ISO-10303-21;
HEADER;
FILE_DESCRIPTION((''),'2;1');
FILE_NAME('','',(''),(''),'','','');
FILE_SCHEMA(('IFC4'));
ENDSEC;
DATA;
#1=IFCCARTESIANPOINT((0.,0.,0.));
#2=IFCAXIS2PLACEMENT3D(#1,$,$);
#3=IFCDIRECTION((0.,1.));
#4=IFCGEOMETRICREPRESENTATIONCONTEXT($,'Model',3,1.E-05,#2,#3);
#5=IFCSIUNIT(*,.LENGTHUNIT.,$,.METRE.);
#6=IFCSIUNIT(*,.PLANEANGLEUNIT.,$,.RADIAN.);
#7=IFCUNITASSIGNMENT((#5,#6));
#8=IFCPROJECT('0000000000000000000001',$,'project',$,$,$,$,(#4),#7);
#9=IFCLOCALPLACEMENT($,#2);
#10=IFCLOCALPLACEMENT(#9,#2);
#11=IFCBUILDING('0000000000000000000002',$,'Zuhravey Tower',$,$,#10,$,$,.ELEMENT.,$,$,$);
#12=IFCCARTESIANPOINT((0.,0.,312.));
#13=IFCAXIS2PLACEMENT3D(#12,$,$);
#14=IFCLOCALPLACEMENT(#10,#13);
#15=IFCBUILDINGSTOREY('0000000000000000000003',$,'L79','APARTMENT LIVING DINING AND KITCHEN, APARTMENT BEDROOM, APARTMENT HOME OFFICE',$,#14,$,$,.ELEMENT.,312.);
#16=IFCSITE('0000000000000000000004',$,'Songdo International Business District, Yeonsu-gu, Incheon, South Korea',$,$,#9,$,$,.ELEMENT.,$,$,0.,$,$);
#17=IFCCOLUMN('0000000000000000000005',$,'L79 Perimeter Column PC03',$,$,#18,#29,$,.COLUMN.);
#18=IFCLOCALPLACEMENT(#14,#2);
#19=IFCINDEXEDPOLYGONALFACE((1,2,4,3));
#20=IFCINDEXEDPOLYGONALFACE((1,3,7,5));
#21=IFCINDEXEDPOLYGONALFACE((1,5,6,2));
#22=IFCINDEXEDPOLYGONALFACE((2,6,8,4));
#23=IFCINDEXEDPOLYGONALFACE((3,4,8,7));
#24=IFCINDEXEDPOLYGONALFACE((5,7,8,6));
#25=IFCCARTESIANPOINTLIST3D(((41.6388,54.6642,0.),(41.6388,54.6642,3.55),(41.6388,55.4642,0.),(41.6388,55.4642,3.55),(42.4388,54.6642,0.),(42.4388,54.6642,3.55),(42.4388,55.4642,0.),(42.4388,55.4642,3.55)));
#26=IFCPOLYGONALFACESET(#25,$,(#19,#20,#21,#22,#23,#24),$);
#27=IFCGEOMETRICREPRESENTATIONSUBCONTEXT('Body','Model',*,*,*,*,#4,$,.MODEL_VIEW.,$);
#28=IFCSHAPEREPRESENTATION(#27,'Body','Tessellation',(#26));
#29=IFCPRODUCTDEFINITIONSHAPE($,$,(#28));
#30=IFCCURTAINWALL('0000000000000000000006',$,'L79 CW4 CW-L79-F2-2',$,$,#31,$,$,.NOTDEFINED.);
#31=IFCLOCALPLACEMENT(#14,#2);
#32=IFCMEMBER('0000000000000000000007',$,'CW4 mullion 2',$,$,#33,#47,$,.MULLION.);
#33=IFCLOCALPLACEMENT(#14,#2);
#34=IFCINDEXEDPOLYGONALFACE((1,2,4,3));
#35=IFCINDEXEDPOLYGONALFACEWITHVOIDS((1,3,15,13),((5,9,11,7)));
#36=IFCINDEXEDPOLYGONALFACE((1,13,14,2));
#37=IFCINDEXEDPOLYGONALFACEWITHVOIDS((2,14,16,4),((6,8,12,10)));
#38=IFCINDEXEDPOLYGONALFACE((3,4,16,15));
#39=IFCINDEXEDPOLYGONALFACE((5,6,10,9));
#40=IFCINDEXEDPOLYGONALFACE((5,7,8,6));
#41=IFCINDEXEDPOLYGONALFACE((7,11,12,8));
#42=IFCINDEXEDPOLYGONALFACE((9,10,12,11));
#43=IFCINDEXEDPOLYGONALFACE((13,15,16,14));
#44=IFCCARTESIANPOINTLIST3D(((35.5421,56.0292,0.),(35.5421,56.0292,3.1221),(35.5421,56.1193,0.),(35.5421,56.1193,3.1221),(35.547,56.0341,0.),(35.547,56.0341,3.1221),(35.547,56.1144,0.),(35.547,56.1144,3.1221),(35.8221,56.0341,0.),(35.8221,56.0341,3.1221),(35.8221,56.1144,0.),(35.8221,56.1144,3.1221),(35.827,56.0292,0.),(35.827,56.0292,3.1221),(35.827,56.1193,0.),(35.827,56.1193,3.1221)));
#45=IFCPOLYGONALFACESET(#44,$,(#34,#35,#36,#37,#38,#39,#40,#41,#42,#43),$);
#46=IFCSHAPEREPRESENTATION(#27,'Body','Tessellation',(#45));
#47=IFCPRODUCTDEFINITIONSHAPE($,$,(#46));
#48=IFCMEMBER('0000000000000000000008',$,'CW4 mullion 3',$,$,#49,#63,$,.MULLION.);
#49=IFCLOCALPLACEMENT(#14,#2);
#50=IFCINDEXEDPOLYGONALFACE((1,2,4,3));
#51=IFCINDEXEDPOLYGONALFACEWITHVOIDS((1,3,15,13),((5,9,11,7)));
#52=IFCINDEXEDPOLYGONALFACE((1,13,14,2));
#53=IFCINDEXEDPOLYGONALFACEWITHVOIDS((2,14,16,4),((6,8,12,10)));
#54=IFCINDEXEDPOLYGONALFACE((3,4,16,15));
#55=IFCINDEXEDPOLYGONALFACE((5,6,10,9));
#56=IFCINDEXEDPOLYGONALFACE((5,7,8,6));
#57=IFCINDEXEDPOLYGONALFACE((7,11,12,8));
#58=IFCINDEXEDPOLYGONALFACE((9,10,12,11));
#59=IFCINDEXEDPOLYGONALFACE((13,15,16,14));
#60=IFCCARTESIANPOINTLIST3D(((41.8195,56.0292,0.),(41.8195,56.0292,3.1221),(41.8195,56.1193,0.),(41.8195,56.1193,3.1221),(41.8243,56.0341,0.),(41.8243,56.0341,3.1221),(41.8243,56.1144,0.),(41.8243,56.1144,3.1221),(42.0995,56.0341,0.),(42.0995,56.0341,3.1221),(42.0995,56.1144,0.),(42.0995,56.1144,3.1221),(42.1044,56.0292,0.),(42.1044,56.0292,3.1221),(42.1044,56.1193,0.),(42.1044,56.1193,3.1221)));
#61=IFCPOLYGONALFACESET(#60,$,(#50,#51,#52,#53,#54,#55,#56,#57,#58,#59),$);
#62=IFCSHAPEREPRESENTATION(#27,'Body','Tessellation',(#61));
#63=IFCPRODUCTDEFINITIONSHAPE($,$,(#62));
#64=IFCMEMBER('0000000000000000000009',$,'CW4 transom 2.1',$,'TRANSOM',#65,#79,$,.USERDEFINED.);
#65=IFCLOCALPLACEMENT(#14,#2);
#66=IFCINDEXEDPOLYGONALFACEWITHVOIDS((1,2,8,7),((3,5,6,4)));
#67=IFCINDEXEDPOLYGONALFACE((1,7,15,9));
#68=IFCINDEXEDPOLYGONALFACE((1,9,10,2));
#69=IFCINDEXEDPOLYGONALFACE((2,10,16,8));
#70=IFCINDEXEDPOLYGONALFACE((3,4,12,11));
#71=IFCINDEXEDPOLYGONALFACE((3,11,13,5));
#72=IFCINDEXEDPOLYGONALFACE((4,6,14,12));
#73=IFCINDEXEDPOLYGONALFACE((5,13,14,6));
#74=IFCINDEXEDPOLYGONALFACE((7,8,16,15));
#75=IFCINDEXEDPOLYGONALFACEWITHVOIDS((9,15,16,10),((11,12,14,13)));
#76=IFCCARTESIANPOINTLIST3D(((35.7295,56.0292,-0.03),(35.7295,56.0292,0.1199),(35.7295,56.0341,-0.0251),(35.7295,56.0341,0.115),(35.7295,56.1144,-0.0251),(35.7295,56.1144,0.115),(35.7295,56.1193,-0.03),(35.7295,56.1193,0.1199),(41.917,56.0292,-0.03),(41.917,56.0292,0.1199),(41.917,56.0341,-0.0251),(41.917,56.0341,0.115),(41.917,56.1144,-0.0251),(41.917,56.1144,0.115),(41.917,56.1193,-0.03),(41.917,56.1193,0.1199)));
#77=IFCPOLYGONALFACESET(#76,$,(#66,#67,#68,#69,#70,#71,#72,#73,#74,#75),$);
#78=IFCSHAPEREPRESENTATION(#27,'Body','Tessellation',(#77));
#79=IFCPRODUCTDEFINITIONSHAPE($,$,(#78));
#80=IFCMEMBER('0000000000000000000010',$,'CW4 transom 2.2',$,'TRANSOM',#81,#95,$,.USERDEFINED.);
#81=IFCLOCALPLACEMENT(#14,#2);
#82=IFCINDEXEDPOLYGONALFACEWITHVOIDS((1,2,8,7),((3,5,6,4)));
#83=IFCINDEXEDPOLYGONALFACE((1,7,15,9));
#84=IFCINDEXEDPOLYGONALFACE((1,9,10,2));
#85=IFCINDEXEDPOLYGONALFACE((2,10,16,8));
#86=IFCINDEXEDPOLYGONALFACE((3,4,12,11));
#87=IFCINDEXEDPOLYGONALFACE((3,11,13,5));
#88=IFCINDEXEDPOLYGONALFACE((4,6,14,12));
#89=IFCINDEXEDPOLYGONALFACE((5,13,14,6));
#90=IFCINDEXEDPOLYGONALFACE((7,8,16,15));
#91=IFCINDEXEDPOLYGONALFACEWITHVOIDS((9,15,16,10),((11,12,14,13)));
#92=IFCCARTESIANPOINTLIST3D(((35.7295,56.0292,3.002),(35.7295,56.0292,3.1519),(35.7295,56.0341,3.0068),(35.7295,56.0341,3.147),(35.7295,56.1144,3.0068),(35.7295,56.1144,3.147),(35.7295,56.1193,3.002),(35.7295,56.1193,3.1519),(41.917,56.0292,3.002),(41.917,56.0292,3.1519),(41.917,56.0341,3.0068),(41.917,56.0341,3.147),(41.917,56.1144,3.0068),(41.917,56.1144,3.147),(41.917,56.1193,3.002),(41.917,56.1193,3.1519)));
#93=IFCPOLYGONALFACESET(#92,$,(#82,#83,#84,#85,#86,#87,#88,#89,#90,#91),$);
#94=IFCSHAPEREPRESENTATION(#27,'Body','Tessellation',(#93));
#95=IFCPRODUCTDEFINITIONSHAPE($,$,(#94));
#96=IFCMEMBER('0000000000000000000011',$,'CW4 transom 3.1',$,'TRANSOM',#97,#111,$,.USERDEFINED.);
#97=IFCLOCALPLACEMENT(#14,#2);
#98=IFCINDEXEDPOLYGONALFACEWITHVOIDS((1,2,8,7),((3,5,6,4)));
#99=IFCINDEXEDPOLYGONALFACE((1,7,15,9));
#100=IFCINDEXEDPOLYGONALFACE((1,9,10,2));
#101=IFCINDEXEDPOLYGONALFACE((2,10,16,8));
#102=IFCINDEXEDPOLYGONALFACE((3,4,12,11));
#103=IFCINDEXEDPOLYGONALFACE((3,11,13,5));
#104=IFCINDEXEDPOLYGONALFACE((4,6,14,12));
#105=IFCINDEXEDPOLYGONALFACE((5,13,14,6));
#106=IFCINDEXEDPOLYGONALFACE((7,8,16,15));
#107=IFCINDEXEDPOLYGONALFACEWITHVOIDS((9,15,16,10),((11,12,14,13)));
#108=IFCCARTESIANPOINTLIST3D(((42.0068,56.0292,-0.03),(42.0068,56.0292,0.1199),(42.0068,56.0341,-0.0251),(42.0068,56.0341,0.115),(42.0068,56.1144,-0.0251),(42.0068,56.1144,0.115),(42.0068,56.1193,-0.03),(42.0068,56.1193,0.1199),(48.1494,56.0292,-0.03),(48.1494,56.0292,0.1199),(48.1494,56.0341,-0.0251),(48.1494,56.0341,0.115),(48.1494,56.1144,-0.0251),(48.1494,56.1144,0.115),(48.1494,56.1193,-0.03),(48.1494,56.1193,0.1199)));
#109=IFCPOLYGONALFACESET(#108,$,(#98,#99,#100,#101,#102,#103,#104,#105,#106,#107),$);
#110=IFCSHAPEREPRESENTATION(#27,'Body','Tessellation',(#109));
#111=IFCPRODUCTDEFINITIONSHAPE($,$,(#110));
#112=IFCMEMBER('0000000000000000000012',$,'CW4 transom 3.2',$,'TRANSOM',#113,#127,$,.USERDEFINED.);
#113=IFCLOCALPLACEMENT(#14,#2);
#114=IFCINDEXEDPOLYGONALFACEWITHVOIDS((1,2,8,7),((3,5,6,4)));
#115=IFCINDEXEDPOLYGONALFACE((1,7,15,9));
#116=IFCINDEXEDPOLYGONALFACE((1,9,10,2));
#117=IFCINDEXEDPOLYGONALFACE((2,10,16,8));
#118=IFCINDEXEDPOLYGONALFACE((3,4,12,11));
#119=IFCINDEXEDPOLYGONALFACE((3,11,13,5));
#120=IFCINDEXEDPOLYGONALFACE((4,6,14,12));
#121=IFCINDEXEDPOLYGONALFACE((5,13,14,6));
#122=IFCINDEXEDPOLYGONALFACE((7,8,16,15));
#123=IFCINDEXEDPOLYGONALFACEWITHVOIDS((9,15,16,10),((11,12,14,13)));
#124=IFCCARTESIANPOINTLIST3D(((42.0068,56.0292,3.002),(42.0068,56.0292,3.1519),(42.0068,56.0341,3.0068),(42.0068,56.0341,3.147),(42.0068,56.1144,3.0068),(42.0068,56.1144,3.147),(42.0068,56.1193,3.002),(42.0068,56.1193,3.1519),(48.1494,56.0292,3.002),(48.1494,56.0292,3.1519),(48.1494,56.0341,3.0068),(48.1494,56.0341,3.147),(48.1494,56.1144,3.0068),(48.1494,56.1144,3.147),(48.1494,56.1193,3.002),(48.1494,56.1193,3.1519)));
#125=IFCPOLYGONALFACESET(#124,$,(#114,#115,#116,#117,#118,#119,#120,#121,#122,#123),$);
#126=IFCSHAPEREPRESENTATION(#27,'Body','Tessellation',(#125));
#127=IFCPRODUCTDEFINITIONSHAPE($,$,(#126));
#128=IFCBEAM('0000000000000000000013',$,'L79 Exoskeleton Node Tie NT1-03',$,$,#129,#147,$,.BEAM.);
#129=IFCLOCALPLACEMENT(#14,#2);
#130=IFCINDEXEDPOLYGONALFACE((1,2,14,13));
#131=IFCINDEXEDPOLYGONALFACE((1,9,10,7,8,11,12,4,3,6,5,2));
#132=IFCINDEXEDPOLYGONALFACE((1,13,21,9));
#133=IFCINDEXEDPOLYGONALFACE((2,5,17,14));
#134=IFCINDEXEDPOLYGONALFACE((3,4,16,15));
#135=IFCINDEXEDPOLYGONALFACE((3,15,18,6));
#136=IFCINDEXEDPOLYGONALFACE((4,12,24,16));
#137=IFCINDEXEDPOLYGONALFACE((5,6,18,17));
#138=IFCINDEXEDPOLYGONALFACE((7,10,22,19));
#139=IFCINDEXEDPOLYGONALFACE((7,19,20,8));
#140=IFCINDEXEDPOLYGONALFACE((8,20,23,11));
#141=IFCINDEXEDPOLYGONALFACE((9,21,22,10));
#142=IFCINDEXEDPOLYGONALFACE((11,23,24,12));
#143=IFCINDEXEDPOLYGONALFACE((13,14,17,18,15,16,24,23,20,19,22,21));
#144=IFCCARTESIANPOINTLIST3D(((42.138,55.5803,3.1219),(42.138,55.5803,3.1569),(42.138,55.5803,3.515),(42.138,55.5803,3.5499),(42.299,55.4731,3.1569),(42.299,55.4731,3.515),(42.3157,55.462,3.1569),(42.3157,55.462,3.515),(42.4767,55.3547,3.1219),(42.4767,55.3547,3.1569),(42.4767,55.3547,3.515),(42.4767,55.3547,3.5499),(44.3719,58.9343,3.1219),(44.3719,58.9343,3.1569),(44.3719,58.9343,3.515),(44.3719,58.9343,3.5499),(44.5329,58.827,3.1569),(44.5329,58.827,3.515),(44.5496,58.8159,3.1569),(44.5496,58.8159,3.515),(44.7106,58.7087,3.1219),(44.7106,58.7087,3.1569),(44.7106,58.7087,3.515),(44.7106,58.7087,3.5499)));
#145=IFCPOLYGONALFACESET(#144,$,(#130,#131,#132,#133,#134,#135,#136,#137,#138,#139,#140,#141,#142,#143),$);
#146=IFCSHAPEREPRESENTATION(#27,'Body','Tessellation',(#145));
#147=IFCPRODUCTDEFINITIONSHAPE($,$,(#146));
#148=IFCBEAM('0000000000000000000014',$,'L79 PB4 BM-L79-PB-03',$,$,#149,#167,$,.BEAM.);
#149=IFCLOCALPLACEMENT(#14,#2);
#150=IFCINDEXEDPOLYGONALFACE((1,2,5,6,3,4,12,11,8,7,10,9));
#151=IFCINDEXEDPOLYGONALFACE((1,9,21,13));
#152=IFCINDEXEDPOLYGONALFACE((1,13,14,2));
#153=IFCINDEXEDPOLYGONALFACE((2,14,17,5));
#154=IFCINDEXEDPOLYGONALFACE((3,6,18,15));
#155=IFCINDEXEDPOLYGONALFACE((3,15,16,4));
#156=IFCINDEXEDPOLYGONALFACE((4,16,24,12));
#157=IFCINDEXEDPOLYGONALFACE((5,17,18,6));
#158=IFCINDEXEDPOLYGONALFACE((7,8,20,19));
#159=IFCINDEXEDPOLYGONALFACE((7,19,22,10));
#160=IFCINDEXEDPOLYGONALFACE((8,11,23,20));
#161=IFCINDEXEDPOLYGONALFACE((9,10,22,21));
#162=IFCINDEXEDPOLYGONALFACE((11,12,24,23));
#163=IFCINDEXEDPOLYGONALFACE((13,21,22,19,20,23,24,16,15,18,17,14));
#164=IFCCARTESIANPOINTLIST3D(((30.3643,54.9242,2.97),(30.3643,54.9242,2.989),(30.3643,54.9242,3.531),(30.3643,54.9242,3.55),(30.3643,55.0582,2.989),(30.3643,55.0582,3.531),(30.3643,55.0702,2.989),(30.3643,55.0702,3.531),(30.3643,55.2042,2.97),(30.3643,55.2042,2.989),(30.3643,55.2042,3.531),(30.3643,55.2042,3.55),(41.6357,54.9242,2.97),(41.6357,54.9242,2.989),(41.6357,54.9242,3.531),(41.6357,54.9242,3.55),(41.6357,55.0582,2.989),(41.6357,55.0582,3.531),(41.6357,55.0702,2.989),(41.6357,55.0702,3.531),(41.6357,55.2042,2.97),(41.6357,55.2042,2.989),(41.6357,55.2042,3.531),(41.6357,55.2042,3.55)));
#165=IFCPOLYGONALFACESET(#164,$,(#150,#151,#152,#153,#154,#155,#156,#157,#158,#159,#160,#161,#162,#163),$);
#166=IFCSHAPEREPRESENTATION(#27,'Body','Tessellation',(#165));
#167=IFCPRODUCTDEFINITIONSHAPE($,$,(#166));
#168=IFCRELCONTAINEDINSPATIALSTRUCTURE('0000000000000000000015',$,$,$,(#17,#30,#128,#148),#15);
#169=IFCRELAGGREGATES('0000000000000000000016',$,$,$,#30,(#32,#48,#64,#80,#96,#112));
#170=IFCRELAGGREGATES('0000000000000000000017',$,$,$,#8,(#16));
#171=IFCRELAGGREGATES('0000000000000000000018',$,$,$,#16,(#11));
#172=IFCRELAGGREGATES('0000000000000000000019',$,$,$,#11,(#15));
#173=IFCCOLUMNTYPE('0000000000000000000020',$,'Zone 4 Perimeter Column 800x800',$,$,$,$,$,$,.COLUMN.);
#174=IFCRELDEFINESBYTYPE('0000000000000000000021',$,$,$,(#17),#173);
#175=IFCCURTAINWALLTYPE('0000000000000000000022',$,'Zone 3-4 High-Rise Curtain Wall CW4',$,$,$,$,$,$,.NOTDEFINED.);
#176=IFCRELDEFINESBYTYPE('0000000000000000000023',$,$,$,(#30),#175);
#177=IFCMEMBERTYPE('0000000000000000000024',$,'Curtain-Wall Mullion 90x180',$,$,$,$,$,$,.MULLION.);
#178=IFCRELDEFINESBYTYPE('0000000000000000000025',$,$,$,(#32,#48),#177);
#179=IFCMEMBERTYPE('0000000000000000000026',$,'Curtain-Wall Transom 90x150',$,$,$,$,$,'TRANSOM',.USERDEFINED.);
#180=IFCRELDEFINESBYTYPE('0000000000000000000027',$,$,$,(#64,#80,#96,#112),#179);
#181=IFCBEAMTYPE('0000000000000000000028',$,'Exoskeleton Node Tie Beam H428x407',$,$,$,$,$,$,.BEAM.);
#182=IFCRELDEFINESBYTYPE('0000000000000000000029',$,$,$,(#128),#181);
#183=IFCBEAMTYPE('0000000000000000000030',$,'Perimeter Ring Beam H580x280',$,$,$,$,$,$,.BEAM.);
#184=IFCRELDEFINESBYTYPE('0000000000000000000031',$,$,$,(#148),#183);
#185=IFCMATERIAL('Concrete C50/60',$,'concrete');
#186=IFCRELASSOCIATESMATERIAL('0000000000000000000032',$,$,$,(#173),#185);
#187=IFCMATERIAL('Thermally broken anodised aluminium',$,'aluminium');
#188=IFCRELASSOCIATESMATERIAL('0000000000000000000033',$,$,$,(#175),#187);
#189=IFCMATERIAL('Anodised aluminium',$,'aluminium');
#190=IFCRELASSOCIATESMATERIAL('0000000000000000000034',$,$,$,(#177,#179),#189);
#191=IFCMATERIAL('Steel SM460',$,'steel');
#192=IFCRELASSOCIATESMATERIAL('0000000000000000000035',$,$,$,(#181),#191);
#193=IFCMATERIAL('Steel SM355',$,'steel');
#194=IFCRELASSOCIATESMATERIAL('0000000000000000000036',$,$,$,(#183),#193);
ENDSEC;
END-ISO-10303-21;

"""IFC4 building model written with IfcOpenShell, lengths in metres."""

from ifc_helpers import new_model, si_unit, direction, frame, origin, origin_2d, place, context, subcontext, project, spatial, rectangle, hollow_rectangle, i_section, extrude, material, material_profile, profile_set, type_object, element, aggregate, save


model = new_model("IFC4")

# Units and contexts
model_context = context("Model", 3, precision=1e-05, world=origin(), true_north=direction((0.0, 1.0)))
body_context = subcontext(model_context, "Body", "Model", "MODEL_VIEW")
ifc_project = project(units=[si_unit("LENGTHUNIT", "METRE"), si_unit("PLANEANGLEUNIT", "RADIAN")], contexts=[model_context])

# Site, building, storey
site_placement = place(None, origin())
site = spatial("IfcSite", under=ifc_project, at=site_placement, Name="Songdo International Business District, Yeonsu-gu, Incheon, South Korea", CompositionType="ELEMENT", RefElevation=0.0)
building_placement = place(site_placement, origin())
building = spatial("IfcBuilding", under=site, at=building_placement, Name="Zuhravey Tower", CompositionType="ELEMENT")
storey_placement = place(building_placement, frame((0.0, 0.0, 312.0)))
storey = spatial("IfcBuildingStorey", under=building, at=storey_placement, Name="L79", Description="APARTMENT LIVING DINING AND KITCHEN, APARTMENT BEDROOM, APARTMENT HOME OFFICE", CompositionType="ELEMENT", Elevation=312.0)

# Column
ifc_material_1 = material(Name="Concrete C50/60", Category="concrete")
ifc_material_profile_1 = material_profile(ifc_material_1, rectangle(XDim=0.8, YDim=0.8, at=origin_2d()), Name="RC-800x800")
ifc_profile_set_1 = profile_set([ifc_material_profile_1], Name="Concrete C50/60")
column_type = type_object("IfcColumnType", Name="Zone 4 Perimeter Column 800x800", PredefinedType="COLUMN", material=ifc_profile_set_1)
column_placement = place(storey_placement, frame((42.0388, 55.0642, 0.0), z_axis=(0.0, 0.0, 1.0), x_axis=(-1.0, 0.0, 0.0)))
element("IfcColumn", 1, at=column_placement, inside=storey, type_object=column_type, Name="L79 Perimeter Column PC03", PredefinedType="COLUMN", context=body_context, shape_type="SweptSolid", body=[
    extrude(rectangle(XDim=0.8, YDim=0.8, at=origin_2d()), origin(), (0.0, 0.0, 1.0), 3.55),
])

# Curtain wall, members
ifc_material_2 = material(Name="Thermally broken anodised aluminium", Category="aluminium")
curtain_wall_type = type_object("IfcCurtainWallType", Name="Zone 3-4 High-Rise Curtain Wall CW4", PredefinedType="NOTDEFINED", material=ifc_material_2)
curtain_wall_placement = place(storey_placement, origin())
curtain_wall = element("IfcCurtainWall", 2, at=curtain_wall_placement, inside=storey, type_object=curtain_wall_type, Name="L79 CW4 CW-L79-F2-2", PredefinedType="NOTDEFINED")
ifc_material_3 = material(Name="Anodised aluminium", Category="aluminium")
ifc_material_profile_2 = material_profile(ifc_material_3, hollow_rectangle(XDim=0.0901, YDim=0.2849, WallThickness=0.0049, at=origin_2d()), Name="ALU-RHS-90x285x5")
ifc_profile_set_2 = profile_set([ifc_material_profile_2], Name="Anodised aluminium")
member_type_1 = type_object("IfcMemberType", Name="Curtain-Wall Mullion 90x180", PredefinedType="MULLION", material=ifc_profile_set_2)
member_1_placement = place(storey_placement, frame((35.6846, 56.0742, 0.0), z_axis=(0.0, 0.0, 1.0), x_axis=(0.0, 1.0, 0.0)))
member_1 = element("IfcMember", 3, at=member_1_placement, type_object=member_type_1, Name="CW4 mullion 2", PredefinedType="MULLION", context=body_context, shape_type="SweptSolid", body=[
    extrude(hollow_rectangle(XDim=0.0901, YDim=0.2849, WallThickness=0.0049, at=origin_2d()), origin(), (0.0, 0.0, 1.0), 3.1221),
])
member_2_placement = place(storey_placement, frame((41.9619, 56.0742, 0.0), z_axis=(0.0, 0.0, 1.0), x_axis=(0.0, 1.0, 0.0)))
member_2 = element("IfcMember", 4, at=member_2_placement, type_object=member_type_1, Name="CW4 mullion 3", PredefinedType="MULLION", context=body_context, shape_type="SweptSolid", body=[
    extrude(hollow_rectangle(XDim=0.0901, YDim=0.2849, WallThickness=0.0049, at=origin_2d()), origin(), (0.0, 0.0, 1.0), 3.1221),
])
ifc_material_profile_3 = material_profile(ifc_material_3, hollow_rectangle(XDim=0.0901, YDim=0.1499, WallThickness=0.0049, at=origin_2d()), Name="ALU-RHS-90x150x5")
ifc_profile_set_3 = profile_set([ifc_material_profile_3], Name="Anodised aluminium")
member_type_2 = type_object("IfcMemberType", Name="Curtain-Wall Transom 90x150", ElementType="TRANSOM", PredefinedType="USERDEFINED", material=ifc_profile_set_3)
member_3_placement = place(storey_placement, frame((35.7295, 56.0742, 0.0449), z_axis=(1.0, 0.0, 0.0), x_axis=(0.0, 1.0, 0.0)))
member_3 = element("IfcMember", 5, at=member_3_placement, type_object=member_type_2, Name="CW4 transom 2.1", ObjectType="TRANSOM", PredefinedType="USERDEFINED", context=body_context, shape_type="SweptSolid", body=[
    extrude(hollow_rectangle(XDim=0.0901, YDim=0.1499, WallThickness=0.0049, at=origin_2d()), origin(), (0.0, 0.0, 1.0), 6.1875),
])
member_4_placement = place(storey_placement, frame((35.7295, 56.0742, 3.0769), z_axis=(1.0, 0.0, 0.0), x_axis=(0.0, 1.0, 0.0)))
member_4 = element("IfcMember", 6, at=member_4_placement, type_object=member_type_2, Name="CW4 transom 2.2", ObjectType="TRANSOM", PredefinedType="USERDEFINED", context=body_context, shape_type="SweptSolid", body=[
    extrude(hollow_rectangle(XDim=0.0901, YDim=0.1499, WallThickness=0.0049, at=origin_2d()), origin(), (0.0, 0.0, 1.0), 6.1875),
])
member_5_placement = place(storey_placement, frame((42.0068, 56.0742, 0.0449), z_axis=(1.0, 0.0, 0.0), x_axis=(0.0, 1.0, 0.0)))
member_5 = element("IfcMember", 7, at=member_5_placement, type_object=member_type_2, Name="CW4 transom 3.1", ObjectType="TRANSOM", PredefinedType="USERDEFINED", context=body_context, shape_type="SweptSolid", body=[
    extrude(hollow_rectangle(XDim=0.0901, YDim=0.1499, WallThickness=0.0049, at=origin_2d()), origin(), (0.0, 0.0, 1.0), 6.1426),
])
member_6_placement = place(storey_placement, frame((42.0068, 56.0742, 3.0769), z_axis=(1.0, 0.0, 0.0), x_axis=(0.0, 1.0, 0.0)))
member_6 = element("IfcMember", 8, at=member_6_placement, type_object=member_type_2, Name="CW4 transom 3.2", ObjectType="TRANSOM", PredefinedType="USERDEFINED", context=body_context, shape_type="SweptSolid", body=[
    extrude(hollow_rectangle(XDim=0.0901, YDim=0.1499, WallThickness=0.0049, at=origin_2d()), origin(), (0.0, 0.0, 1.0), 6.1426),
])

# Beams
ifc_material_4 = material(Name="Steel SM460", Category="steel")
ifc_material_profile_4 = material_profile(ifc_material_4, i_section(OverallWidth=0.407, OverallDepth=0.428, WebThickness=0.02, FlangeThickness=0.0349, at=origin_2d()), Name="H-428x407x20x35")
ifc_profile_set_4 = profile_set([ifc_material_profile_4], Name="Steel SM460")
beam_type_1 = type_object("IfcBeamType", Name="Exoskeleton Node Tie Beam H428x407", PredefinedType="BEAM", material=ifc_profile_set_4)
beam_1_placement = place(storey_placement, frame((42.3074, 55.4675, 3.3359), z_axis=(0.554337, 0.832293, 0.0), x_axis=(-0.832293, 0.554337, 0.0)))
element("IfcBeam", 9, at=beam_1_placement, inside=storey, type_object=beam_type_1, Name="L79 Exoskeleton Node Tie NT1-03", PredefinedType="BEAM", context=body_context, shape_type="SweptSolid", body=[
    extrude(i_section(OverallWidth=0.407, OverallDepth=0.428, WebThickness=0.02, FlangeThickness=0.0349, at=origin_2d()), origin(), (0.0, 0.0, 1.0), 4.0298),
])
ifc_material_5 = material(Name="Steel SM355", Category="steel")
ifc_material_profile_5 = material_profile(ifc_material_5, i_section(OverallWidth=0.28, OverallDepth=0.5801, WebThickness=0.012, FlangeThickness=0.019, at=origin_2d()), Name="H-580x280x12x19")
ifc_profile_set_5 = profile_set([ifc_material_profile_5], Name="Steel SM355")
beam_type_2 = type_object("IfcBeamType", Name="Perimeter Ring Beam H580x280", PredefinedType="BEAM", material=ifc_profile_set_5)
beam_2_placement = place(storey_placement, frame((41.6357, 55.0642, 3.26), z_axis=(-1.0, 0.0, 0.0), x_axis=(0.0, -1.0, 0.0)))
element("IfcBeam", 10, at=beam_2_placement, inside=storey, type_object=beam_type_2, Name="L79 PB4 BM-L79-PB-03", PredefinedType="BEAM", context=body_context, shape_type="SweptSolid", body=[
    extrude(i_section(OverallWidth=0.28, OverallDepth=0.5801, WebThickness=0.012, FlangeThickness=0.019, at=origin_2d()), origin(), (0.0, 0.0, 1.0), 11.2715),
])

aggregate(curtain_wall, [member_1, member_2, member_3, member_4, member_5, member_6])

save(model, "model.ifc")
